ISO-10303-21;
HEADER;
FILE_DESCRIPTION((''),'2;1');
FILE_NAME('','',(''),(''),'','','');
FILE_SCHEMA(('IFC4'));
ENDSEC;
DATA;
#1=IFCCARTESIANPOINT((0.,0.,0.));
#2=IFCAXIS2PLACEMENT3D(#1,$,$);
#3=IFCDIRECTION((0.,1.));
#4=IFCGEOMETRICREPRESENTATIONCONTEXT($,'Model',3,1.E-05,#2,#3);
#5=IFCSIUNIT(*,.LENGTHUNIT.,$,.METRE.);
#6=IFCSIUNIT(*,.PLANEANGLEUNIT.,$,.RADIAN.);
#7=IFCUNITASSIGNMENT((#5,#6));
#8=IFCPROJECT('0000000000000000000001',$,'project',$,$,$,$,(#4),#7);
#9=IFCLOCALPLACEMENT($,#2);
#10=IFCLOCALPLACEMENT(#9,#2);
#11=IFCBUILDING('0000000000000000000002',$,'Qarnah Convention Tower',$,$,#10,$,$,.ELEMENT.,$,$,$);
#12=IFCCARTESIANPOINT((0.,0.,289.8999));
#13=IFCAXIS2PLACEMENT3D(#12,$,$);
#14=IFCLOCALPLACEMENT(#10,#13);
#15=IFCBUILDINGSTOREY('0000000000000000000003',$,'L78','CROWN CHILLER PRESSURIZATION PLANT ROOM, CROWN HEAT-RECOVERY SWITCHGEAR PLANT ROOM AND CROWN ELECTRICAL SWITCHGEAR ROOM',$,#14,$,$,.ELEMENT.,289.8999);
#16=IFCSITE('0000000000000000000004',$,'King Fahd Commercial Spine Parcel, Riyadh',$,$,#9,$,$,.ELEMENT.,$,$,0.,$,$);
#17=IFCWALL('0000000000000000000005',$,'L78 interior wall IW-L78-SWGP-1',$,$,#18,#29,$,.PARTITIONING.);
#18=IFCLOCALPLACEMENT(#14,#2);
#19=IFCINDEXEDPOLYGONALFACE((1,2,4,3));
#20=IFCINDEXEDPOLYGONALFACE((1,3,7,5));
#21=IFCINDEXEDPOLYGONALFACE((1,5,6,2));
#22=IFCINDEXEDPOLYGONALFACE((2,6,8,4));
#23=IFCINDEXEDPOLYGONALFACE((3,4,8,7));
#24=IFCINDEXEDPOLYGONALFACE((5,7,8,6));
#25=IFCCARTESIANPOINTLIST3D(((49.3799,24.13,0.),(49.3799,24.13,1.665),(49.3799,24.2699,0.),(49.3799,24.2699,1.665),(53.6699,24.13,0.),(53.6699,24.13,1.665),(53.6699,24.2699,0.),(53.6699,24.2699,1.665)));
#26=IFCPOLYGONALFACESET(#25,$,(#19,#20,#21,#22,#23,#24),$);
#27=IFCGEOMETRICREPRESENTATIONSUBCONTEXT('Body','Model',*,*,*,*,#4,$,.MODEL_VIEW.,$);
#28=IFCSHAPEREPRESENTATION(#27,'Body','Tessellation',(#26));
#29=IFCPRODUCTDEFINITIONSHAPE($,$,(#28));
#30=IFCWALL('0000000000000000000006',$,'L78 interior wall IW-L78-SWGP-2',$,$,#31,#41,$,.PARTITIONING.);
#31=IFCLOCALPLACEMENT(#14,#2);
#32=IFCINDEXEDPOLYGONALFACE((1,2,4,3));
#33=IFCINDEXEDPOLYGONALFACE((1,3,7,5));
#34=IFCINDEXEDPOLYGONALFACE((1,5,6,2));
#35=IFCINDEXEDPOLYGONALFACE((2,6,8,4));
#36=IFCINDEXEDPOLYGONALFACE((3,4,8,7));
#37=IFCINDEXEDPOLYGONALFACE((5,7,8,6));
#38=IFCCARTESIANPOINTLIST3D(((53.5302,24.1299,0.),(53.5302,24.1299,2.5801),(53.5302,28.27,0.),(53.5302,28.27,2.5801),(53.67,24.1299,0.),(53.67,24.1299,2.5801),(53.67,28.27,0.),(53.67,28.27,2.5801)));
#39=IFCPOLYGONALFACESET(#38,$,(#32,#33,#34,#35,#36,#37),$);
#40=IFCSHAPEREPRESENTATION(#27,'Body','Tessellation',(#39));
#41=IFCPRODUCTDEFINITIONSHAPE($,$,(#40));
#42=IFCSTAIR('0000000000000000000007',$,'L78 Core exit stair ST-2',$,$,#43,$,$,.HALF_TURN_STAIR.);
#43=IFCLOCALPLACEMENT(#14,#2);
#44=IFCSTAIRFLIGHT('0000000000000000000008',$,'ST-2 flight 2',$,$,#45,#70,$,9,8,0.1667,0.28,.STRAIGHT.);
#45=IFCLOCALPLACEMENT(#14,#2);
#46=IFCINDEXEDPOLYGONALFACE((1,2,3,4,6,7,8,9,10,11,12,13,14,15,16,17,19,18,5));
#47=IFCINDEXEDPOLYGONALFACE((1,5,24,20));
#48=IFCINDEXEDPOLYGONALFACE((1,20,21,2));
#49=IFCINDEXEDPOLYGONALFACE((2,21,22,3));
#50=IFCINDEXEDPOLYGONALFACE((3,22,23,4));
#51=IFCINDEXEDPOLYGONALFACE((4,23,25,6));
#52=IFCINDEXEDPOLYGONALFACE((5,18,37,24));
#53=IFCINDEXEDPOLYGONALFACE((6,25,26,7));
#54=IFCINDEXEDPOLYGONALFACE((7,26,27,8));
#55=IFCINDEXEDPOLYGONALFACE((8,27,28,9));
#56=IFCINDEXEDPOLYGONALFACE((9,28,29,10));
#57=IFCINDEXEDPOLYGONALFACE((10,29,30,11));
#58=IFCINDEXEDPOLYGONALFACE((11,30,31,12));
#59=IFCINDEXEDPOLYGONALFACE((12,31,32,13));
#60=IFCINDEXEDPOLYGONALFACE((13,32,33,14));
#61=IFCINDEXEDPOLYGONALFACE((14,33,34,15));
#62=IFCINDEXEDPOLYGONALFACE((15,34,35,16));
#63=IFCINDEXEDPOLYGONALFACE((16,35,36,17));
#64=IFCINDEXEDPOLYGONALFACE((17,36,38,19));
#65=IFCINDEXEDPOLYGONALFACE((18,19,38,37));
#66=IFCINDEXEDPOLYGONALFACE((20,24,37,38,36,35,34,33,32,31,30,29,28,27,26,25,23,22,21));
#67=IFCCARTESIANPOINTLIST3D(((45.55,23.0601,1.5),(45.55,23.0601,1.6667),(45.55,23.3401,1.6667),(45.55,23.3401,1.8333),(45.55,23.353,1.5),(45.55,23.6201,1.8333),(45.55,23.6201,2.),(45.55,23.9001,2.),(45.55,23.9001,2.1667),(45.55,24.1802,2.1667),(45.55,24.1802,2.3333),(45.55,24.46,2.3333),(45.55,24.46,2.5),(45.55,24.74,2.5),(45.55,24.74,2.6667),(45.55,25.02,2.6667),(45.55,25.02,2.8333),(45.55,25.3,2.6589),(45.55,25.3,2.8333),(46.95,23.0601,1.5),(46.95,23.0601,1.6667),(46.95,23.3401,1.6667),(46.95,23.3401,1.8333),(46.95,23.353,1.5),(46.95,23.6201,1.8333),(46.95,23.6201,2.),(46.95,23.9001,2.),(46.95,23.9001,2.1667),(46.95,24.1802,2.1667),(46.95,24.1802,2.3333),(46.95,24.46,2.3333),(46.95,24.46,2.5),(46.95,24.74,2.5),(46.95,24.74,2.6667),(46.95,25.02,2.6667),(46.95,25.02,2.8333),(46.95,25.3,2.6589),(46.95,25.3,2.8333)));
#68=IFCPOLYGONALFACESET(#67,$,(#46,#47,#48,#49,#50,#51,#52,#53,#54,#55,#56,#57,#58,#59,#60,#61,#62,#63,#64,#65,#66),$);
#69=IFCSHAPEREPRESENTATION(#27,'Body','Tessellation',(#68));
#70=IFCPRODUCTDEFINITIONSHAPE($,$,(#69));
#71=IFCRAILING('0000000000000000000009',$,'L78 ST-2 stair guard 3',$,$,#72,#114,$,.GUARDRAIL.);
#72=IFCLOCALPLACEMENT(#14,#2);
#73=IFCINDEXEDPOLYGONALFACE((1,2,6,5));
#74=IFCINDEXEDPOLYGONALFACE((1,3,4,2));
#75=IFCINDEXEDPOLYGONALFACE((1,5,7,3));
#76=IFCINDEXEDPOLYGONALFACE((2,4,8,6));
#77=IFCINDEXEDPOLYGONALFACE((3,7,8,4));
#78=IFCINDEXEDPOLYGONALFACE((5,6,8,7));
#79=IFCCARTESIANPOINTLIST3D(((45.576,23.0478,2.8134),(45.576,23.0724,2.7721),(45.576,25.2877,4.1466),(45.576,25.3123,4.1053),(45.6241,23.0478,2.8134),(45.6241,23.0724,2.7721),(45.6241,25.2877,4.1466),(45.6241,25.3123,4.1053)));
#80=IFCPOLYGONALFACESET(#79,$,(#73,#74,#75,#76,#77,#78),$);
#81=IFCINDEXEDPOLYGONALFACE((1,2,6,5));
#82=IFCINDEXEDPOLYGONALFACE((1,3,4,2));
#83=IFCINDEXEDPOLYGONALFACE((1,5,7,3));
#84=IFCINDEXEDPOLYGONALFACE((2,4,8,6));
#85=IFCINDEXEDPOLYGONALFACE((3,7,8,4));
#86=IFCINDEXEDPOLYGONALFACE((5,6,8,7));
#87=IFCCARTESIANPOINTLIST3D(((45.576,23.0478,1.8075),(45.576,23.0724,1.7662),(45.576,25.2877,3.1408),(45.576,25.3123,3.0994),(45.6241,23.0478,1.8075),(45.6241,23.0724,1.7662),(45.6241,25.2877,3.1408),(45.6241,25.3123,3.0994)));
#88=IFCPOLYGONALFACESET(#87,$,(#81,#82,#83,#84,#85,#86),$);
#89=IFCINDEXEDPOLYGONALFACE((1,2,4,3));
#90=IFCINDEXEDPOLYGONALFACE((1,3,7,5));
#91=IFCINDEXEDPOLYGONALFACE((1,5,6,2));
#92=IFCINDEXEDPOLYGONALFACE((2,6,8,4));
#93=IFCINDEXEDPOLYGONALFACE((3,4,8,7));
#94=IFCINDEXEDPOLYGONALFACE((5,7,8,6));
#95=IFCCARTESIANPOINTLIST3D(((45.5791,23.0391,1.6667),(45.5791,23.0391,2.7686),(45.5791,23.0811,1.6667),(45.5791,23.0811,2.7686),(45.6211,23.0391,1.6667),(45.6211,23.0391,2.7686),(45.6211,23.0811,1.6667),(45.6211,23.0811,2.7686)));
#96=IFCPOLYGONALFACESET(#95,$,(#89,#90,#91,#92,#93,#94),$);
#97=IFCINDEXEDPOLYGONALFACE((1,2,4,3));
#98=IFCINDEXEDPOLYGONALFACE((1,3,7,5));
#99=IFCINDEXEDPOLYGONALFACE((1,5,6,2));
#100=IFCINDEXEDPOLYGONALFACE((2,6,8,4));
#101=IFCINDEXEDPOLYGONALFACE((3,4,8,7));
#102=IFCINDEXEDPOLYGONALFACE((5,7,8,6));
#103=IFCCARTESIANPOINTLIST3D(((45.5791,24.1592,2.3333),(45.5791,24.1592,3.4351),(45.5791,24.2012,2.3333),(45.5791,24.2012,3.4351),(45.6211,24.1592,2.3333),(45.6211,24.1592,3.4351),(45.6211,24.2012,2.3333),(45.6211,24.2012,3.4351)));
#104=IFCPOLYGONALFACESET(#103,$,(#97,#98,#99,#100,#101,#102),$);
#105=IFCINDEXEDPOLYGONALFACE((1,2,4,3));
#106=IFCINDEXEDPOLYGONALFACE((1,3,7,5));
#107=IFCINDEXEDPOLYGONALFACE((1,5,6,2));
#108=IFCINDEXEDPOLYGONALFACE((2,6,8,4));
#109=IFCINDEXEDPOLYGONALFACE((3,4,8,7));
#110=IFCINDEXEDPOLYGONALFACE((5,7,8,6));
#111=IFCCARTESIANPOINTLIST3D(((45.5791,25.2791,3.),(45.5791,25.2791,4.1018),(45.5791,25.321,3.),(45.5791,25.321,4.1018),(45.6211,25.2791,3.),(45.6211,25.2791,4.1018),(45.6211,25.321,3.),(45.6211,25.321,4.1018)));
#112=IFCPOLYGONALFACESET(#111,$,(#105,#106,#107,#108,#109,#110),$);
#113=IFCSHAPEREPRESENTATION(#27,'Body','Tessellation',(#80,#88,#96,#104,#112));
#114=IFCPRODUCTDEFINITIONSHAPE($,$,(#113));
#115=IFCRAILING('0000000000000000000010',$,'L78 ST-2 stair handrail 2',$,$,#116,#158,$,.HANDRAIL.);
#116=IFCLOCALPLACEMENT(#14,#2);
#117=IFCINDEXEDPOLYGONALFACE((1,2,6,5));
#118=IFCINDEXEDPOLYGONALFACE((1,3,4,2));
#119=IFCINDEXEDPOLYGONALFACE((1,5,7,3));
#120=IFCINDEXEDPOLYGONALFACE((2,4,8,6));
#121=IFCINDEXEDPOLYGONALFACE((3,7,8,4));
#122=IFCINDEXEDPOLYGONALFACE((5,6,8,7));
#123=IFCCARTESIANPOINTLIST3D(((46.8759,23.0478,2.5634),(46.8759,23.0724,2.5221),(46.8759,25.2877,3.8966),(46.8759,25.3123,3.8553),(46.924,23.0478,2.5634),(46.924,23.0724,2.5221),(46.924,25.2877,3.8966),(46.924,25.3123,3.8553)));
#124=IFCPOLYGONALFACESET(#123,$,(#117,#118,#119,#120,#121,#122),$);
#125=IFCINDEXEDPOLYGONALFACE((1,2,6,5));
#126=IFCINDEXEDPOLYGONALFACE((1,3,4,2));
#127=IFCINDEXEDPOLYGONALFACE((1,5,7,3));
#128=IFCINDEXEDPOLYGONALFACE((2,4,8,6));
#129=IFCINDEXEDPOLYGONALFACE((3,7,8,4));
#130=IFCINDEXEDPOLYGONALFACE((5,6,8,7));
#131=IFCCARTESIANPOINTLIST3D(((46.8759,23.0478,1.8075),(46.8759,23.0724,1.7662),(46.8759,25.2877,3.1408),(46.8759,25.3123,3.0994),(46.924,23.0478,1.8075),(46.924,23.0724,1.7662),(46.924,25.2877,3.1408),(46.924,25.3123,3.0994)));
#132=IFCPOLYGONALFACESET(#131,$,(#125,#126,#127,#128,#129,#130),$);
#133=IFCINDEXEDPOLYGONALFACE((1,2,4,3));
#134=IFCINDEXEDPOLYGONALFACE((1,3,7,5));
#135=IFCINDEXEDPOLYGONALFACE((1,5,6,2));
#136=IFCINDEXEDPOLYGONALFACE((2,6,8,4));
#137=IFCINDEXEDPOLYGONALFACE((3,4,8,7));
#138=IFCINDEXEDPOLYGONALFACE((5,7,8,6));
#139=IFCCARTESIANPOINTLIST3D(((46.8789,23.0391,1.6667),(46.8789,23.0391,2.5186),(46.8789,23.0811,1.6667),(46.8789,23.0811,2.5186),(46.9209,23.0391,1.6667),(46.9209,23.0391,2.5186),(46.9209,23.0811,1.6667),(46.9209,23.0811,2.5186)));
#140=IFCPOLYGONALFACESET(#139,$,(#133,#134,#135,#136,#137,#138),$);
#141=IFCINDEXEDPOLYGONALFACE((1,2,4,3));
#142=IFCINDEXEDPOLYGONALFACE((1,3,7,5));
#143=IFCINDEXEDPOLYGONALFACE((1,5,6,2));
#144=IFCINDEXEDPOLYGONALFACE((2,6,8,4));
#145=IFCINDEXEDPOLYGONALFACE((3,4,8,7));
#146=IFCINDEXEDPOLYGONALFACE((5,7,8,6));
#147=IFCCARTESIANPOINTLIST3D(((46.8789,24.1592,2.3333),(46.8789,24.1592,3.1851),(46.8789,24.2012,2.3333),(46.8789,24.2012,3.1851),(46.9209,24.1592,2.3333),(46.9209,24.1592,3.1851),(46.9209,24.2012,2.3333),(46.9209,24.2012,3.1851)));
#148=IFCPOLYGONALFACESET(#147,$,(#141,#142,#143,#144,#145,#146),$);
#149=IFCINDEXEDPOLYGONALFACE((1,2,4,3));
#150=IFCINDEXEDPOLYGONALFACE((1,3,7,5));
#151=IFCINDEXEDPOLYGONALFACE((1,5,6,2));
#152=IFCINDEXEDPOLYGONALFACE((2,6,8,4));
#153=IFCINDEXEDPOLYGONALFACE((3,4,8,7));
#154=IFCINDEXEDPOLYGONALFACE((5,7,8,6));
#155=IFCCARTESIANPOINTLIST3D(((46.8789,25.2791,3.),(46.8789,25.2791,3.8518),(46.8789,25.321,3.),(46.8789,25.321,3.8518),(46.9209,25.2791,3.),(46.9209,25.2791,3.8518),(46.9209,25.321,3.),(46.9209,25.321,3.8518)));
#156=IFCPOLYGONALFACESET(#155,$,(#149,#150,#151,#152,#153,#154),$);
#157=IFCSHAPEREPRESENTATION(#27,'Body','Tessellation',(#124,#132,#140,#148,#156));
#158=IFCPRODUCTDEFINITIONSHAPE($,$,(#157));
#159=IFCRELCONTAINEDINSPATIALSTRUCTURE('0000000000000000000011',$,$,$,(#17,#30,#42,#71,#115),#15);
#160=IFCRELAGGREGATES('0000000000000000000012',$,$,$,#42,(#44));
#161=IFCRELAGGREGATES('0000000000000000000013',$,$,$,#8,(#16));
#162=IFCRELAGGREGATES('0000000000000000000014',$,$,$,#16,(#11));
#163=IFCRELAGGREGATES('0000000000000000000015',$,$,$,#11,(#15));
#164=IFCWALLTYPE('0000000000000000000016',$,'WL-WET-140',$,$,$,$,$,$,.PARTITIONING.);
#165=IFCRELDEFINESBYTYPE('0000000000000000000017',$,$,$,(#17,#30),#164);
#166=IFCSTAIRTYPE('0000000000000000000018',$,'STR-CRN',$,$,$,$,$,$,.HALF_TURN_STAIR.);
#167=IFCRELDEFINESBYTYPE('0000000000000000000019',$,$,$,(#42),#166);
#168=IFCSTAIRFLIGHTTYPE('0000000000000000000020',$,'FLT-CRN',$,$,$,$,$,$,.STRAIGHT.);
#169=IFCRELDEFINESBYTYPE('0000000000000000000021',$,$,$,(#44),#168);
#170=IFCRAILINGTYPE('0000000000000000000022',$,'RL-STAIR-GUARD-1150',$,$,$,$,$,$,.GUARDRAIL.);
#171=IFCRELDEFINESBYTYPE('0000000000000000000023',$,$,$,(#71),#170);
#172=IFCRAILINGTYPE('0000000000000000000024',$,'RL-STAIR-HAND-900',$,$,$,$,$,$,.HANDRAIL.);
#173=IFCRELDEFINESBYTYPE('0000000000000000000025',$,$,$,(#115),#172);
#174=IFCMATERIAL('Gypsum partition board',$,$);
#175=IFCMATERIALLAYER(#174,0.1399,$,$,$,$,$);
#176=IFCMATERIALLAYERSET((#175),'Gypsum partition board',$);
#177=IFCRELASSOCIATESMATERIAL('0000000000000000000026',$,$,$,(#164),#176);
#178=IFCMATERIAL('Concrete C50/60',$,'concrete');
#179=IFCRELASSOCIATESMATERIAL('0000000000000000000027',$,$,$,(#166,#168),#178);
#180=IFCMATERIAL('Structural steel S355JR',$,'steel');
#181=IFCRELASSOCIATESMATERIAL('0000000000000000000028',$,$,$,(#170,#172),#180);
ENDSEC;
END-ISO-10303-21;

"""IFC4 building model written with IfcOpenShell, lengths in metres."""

from ifc_helpers import new_model, si_unit, direction, frame, frame_2d, origin, origin_2d, place, context, subcontext, project, spatial, polyline, rectangle, outline, extrude, material, layer, layer_set, type_object, element, aggregate, save


model = new_model("IFC4")

# Units and contexts
model_context = context("Model", 3, precision=1e-05, world=origin(), true_north=direction((0.0, 1.0)))
body_context = subcontext(model_context, "Body", "Model", "MODEL_VIEW")
ifc_project = project(units=[si_unit("LENGTHUNIT", "METRE"), si_unit("PLANEANGLEUNIT", "RADIAN")], contexts=[model_context])

# Site, building, storey
site_placement = place(None, origin())
site = spatial("IfcSite", under=ifc_project, at=site_placement, Name="King Fahd Commercial Spine Parcel, Riyadh", CompositionType="ELEMENT", RefElevation=0.0)
building_placement = place(site_placement, origin())
building = spatial("IfcBuilding", under=site, at=building_placement, Name="Qarnah Convention Tower", CompositionType="ELEMENT")
storey_placement = place(building_placement, frame((0.0, 0.0, 289.8999)))
storey = spatial("IfcBuildingStorey", under=building, at=storey_placement, Name="L78", Description="CROWN CHILLER PRESSURIZATION PLANT ROOM, CROWN HEAT-RECOVERY SWITCHGEAR PLANT ROOM AND CROWN ELECTRICAL SWITCHGEAR ROOM", CompositionType="ELEMENT", Elevation=289.8999)

# Shared definitions
ifc_material_1 = material(Name="Structural steel S355JR", Category="steel")

# Walls
ifc_material_2 = material(Name="Gypsum partition board")
ifc_layer_1 = layer(ifc_material_2, 0.1399)
ifc_layer_set_1 = layer_set([ifc_layer_1], Name="Gypsum partition board")
wall_type_1 = type_object("IfcWallType", Name="WL-WET-140", PredefinedType="PARTITIONING", material=ifc_layer_set_1)
wall_1_placement = place(storey_placement, frame((49.3799, 24.2, 0.0), z_axis=(0.0, 0.0, 1.0), x_axis=(1.0, 0.0, 0.0)))
element("IfcWall", 1, at=wall_1_placement, inside=storey, type_object=wall_type_1, Name="L78 interior wall IW-L78-SWGP-1", PredefinedType="PARTITIONING", context=body_context, shape_type="SweptSolid", body=[
    extrude(rectangle(XDim=4.29, YDim=0.1399, at=frame_2d((2.145, 0.0))), origin(), (0.0, 0.0, 1.0), 1.665),
])
wall_2_placement = place(storey_placement, frame((53.6001, 24.1299, 0.0), z_axis=(0.0, 0.0, 1.0), x_axis=(0.0, 1.0, 0.0)))
element("IfcWall", 2, at=wall_2_placement, inside=storey, type_object=wall_type_1, Name="L78 interior wall IW-L78-SWGP-2", PredefinedType="PARTITIONING", context=body_context, shape_type="SweptSolid", body=[
    extrude(rectangle(XDim=4.1401, YDim=0.1399, at=frame_2d((2.0701, 0.0))), origin(), (0.0, 0.0, 1.0), 2.5801),
])

# Stair, stair flight
ifc_material_3 = material(Name="Concrete C50/60", Category="concrete")
stair_type = type_object("IfcStairType", Name="STR-CRN", PredefinedType="HALF_TURN_STAIR", material=ifc_material_3)
stair_placement = place(storey_placement, origin())
stair = element("IfcStair", 3, at=stair_placement, inside=storey, type_object=stair_type, Name="L78 Core exit stair ST-2", PredefinedType="HALF_TURN_STAIR")
stair_flight_type = type_object("IfcStairFlightType", Name="FLT-CRN", PredefinedType="STRAIGHT", material=ifc_material_3)
stair_flight_placement = place(storey_placement, frame((46.25, 23.0601, 1.5), z_axis=(0.0, 0.0, 1.0), x_axis=(0.0, 1.0, 0.0)))
stair_flight = element("IfcStairFlight", 4, at=stair_flight_placement, type_object=stair_flight_type, Name="ST-2 flight 2", NumberOfRisers=9, NumberOfTreads=8, PredefinedType="STRAIGHT", RiserHeight=0.1667, TreadLength=0.28, context=body_context, shape_type="SweptSolid", body=[
    extrude(outline(polyline([(0.0, 0.0), (0.0, 0.1667), (0.28, 0.1667), (0.28, 0.3333), (0.5601, 0.3333), (0.5601, 0.5), (0.8401, 0.5), (0.8401, 0.6667), (1.1201, 0.6667), (1.1201, 0.8333), (1.3999, 0.8333), (1.3999, 1.0), (1.6799, 1.0), (1.6799, 1.1667), (1.96, 1.1667), (1.96, 1.3333), (2.24, 1.3333), (2.24, 1.5), (2.24, 1.1589), (0.293, 0.0), (0.0, 0.0)])), frame((0.0, 0.7, 0.0), z_axis=(0.0, -1.0, 0.0), x_axis=(1.0, 0.0, 0.0)), (0.0, 0.0, 1.0), 1.3999),
])
aggregate(stair, [stair_flight])

# Railings
railing_type_1 = type_object("IfcRailingType", Name="RL-STAIR-GUARD-1150", PredefinedType="GUARDRAIL", material=ifc_material_1)
railing_1_placement = place(storey_placement, frame((45.6001, 23.0601, 1.6667)))
element("IfcRailing", 5, at=railing_1_placement, inside=storey, type_object=railing_type_1, Name="L78 ST-2 stair guard 3", PredefinedType="GUARDRAIL", context=body_context, shape_type="SweptSolid", body=[
    extrude(rectangle(XDim=0.0481, YDim=0.0481, at=origin_2d()), frame((0.0, 0.0, 1.126), z_axis=(0.0, 0.859306, 0.511462), x_axis=(-1.0, 0.0, 0.0)), (0.0, 0.0, 1.0), 2.6067),
    extrude(rectangle(XDim=0.0481, YDim=0.0481, at=origin_2d()), frame((0.0, 0.0, 0.1201), z_axis=(0.0, 0.859306, 0.511462), x_axis=(-1.0, 0.0, 0.0)), (0.0, 0.0, 1.0), 2.6067),
    extrude(rectangle(XDim=0.042, YDim=0.042, at=origin_2d()), origin(), (0.0, 0.0, 1.0), 1.1018),
    extrude(rectangle(XDim=0.042, YDim=0.042, at=origin_2d()), frame((0.0, 1.1201, 0.6665)), (0.0, 0.0, 1.0), 1.1018),
    extrude(rectangle(XDim=0.042, YDim=0.042, at=origin_2d()), frame((0.0, 2.24, 1.3333)), (0.0, 0.0, 1.0), 1.1018),
])
railing_type_2 = type_object("IfcRailingType", Name="RL-STAIR-HAND-900", PredefinedType="HANDRAIL", material=ifc_material_1)
railing_2_placement = place(storey_placement, frame((46.8999, 23.0601, 1.6667)))
element("IfcRailing", 6, at=railing_2_placement, inside=storey, type_object=railing_type_2, Name="L78 ST-2 stair handrail 2", PredefinedType="HANDRAIL", context=body_context, shape_type="SweptSolid", body=[
    extrude(rectangle(XDim=0.0481, YDim=0.0481, at=origin_2d()), frame((0.0, 0.0, 0.876), z_axis=(0.0, 0.859306, 0.511462), x_axis=(-1.0, 0.0, 0.0)), (0.0, 0.0, 1.0), 2.6067),
    extrude(rectangle(XDim=0.0481, YDim=0.0481, at=origin_2d()), frame((0.0, 0.0, 0.1201), z_axis=(0.0, 0.859306, 0.511462), x_axis=(-1.0, 0.0, 0.0)), (0.0, 0.0, 1.0), 2.6067),
    extrude(rectangle(XDim=0.042, YDim=0.042, at=origin_2d()), origin(), (0.0, 0.0, 1.0), 0.8518),
    extrude(rectangle(XDim=0.042, YDim=0.042, at=origin_2d()), frame((0.0, 1.1201, 0.6665)), (0.0, 0.0, 1.0), 0.8518),
    extrude(rectangle(XDim=0.042, YDim=0.042, at=origin_2d()), frame((0.0, 2.24, 1.3333)), (0.0, 0.0, 1.0), 0.8518),
])

save(model, "model.ifc")
